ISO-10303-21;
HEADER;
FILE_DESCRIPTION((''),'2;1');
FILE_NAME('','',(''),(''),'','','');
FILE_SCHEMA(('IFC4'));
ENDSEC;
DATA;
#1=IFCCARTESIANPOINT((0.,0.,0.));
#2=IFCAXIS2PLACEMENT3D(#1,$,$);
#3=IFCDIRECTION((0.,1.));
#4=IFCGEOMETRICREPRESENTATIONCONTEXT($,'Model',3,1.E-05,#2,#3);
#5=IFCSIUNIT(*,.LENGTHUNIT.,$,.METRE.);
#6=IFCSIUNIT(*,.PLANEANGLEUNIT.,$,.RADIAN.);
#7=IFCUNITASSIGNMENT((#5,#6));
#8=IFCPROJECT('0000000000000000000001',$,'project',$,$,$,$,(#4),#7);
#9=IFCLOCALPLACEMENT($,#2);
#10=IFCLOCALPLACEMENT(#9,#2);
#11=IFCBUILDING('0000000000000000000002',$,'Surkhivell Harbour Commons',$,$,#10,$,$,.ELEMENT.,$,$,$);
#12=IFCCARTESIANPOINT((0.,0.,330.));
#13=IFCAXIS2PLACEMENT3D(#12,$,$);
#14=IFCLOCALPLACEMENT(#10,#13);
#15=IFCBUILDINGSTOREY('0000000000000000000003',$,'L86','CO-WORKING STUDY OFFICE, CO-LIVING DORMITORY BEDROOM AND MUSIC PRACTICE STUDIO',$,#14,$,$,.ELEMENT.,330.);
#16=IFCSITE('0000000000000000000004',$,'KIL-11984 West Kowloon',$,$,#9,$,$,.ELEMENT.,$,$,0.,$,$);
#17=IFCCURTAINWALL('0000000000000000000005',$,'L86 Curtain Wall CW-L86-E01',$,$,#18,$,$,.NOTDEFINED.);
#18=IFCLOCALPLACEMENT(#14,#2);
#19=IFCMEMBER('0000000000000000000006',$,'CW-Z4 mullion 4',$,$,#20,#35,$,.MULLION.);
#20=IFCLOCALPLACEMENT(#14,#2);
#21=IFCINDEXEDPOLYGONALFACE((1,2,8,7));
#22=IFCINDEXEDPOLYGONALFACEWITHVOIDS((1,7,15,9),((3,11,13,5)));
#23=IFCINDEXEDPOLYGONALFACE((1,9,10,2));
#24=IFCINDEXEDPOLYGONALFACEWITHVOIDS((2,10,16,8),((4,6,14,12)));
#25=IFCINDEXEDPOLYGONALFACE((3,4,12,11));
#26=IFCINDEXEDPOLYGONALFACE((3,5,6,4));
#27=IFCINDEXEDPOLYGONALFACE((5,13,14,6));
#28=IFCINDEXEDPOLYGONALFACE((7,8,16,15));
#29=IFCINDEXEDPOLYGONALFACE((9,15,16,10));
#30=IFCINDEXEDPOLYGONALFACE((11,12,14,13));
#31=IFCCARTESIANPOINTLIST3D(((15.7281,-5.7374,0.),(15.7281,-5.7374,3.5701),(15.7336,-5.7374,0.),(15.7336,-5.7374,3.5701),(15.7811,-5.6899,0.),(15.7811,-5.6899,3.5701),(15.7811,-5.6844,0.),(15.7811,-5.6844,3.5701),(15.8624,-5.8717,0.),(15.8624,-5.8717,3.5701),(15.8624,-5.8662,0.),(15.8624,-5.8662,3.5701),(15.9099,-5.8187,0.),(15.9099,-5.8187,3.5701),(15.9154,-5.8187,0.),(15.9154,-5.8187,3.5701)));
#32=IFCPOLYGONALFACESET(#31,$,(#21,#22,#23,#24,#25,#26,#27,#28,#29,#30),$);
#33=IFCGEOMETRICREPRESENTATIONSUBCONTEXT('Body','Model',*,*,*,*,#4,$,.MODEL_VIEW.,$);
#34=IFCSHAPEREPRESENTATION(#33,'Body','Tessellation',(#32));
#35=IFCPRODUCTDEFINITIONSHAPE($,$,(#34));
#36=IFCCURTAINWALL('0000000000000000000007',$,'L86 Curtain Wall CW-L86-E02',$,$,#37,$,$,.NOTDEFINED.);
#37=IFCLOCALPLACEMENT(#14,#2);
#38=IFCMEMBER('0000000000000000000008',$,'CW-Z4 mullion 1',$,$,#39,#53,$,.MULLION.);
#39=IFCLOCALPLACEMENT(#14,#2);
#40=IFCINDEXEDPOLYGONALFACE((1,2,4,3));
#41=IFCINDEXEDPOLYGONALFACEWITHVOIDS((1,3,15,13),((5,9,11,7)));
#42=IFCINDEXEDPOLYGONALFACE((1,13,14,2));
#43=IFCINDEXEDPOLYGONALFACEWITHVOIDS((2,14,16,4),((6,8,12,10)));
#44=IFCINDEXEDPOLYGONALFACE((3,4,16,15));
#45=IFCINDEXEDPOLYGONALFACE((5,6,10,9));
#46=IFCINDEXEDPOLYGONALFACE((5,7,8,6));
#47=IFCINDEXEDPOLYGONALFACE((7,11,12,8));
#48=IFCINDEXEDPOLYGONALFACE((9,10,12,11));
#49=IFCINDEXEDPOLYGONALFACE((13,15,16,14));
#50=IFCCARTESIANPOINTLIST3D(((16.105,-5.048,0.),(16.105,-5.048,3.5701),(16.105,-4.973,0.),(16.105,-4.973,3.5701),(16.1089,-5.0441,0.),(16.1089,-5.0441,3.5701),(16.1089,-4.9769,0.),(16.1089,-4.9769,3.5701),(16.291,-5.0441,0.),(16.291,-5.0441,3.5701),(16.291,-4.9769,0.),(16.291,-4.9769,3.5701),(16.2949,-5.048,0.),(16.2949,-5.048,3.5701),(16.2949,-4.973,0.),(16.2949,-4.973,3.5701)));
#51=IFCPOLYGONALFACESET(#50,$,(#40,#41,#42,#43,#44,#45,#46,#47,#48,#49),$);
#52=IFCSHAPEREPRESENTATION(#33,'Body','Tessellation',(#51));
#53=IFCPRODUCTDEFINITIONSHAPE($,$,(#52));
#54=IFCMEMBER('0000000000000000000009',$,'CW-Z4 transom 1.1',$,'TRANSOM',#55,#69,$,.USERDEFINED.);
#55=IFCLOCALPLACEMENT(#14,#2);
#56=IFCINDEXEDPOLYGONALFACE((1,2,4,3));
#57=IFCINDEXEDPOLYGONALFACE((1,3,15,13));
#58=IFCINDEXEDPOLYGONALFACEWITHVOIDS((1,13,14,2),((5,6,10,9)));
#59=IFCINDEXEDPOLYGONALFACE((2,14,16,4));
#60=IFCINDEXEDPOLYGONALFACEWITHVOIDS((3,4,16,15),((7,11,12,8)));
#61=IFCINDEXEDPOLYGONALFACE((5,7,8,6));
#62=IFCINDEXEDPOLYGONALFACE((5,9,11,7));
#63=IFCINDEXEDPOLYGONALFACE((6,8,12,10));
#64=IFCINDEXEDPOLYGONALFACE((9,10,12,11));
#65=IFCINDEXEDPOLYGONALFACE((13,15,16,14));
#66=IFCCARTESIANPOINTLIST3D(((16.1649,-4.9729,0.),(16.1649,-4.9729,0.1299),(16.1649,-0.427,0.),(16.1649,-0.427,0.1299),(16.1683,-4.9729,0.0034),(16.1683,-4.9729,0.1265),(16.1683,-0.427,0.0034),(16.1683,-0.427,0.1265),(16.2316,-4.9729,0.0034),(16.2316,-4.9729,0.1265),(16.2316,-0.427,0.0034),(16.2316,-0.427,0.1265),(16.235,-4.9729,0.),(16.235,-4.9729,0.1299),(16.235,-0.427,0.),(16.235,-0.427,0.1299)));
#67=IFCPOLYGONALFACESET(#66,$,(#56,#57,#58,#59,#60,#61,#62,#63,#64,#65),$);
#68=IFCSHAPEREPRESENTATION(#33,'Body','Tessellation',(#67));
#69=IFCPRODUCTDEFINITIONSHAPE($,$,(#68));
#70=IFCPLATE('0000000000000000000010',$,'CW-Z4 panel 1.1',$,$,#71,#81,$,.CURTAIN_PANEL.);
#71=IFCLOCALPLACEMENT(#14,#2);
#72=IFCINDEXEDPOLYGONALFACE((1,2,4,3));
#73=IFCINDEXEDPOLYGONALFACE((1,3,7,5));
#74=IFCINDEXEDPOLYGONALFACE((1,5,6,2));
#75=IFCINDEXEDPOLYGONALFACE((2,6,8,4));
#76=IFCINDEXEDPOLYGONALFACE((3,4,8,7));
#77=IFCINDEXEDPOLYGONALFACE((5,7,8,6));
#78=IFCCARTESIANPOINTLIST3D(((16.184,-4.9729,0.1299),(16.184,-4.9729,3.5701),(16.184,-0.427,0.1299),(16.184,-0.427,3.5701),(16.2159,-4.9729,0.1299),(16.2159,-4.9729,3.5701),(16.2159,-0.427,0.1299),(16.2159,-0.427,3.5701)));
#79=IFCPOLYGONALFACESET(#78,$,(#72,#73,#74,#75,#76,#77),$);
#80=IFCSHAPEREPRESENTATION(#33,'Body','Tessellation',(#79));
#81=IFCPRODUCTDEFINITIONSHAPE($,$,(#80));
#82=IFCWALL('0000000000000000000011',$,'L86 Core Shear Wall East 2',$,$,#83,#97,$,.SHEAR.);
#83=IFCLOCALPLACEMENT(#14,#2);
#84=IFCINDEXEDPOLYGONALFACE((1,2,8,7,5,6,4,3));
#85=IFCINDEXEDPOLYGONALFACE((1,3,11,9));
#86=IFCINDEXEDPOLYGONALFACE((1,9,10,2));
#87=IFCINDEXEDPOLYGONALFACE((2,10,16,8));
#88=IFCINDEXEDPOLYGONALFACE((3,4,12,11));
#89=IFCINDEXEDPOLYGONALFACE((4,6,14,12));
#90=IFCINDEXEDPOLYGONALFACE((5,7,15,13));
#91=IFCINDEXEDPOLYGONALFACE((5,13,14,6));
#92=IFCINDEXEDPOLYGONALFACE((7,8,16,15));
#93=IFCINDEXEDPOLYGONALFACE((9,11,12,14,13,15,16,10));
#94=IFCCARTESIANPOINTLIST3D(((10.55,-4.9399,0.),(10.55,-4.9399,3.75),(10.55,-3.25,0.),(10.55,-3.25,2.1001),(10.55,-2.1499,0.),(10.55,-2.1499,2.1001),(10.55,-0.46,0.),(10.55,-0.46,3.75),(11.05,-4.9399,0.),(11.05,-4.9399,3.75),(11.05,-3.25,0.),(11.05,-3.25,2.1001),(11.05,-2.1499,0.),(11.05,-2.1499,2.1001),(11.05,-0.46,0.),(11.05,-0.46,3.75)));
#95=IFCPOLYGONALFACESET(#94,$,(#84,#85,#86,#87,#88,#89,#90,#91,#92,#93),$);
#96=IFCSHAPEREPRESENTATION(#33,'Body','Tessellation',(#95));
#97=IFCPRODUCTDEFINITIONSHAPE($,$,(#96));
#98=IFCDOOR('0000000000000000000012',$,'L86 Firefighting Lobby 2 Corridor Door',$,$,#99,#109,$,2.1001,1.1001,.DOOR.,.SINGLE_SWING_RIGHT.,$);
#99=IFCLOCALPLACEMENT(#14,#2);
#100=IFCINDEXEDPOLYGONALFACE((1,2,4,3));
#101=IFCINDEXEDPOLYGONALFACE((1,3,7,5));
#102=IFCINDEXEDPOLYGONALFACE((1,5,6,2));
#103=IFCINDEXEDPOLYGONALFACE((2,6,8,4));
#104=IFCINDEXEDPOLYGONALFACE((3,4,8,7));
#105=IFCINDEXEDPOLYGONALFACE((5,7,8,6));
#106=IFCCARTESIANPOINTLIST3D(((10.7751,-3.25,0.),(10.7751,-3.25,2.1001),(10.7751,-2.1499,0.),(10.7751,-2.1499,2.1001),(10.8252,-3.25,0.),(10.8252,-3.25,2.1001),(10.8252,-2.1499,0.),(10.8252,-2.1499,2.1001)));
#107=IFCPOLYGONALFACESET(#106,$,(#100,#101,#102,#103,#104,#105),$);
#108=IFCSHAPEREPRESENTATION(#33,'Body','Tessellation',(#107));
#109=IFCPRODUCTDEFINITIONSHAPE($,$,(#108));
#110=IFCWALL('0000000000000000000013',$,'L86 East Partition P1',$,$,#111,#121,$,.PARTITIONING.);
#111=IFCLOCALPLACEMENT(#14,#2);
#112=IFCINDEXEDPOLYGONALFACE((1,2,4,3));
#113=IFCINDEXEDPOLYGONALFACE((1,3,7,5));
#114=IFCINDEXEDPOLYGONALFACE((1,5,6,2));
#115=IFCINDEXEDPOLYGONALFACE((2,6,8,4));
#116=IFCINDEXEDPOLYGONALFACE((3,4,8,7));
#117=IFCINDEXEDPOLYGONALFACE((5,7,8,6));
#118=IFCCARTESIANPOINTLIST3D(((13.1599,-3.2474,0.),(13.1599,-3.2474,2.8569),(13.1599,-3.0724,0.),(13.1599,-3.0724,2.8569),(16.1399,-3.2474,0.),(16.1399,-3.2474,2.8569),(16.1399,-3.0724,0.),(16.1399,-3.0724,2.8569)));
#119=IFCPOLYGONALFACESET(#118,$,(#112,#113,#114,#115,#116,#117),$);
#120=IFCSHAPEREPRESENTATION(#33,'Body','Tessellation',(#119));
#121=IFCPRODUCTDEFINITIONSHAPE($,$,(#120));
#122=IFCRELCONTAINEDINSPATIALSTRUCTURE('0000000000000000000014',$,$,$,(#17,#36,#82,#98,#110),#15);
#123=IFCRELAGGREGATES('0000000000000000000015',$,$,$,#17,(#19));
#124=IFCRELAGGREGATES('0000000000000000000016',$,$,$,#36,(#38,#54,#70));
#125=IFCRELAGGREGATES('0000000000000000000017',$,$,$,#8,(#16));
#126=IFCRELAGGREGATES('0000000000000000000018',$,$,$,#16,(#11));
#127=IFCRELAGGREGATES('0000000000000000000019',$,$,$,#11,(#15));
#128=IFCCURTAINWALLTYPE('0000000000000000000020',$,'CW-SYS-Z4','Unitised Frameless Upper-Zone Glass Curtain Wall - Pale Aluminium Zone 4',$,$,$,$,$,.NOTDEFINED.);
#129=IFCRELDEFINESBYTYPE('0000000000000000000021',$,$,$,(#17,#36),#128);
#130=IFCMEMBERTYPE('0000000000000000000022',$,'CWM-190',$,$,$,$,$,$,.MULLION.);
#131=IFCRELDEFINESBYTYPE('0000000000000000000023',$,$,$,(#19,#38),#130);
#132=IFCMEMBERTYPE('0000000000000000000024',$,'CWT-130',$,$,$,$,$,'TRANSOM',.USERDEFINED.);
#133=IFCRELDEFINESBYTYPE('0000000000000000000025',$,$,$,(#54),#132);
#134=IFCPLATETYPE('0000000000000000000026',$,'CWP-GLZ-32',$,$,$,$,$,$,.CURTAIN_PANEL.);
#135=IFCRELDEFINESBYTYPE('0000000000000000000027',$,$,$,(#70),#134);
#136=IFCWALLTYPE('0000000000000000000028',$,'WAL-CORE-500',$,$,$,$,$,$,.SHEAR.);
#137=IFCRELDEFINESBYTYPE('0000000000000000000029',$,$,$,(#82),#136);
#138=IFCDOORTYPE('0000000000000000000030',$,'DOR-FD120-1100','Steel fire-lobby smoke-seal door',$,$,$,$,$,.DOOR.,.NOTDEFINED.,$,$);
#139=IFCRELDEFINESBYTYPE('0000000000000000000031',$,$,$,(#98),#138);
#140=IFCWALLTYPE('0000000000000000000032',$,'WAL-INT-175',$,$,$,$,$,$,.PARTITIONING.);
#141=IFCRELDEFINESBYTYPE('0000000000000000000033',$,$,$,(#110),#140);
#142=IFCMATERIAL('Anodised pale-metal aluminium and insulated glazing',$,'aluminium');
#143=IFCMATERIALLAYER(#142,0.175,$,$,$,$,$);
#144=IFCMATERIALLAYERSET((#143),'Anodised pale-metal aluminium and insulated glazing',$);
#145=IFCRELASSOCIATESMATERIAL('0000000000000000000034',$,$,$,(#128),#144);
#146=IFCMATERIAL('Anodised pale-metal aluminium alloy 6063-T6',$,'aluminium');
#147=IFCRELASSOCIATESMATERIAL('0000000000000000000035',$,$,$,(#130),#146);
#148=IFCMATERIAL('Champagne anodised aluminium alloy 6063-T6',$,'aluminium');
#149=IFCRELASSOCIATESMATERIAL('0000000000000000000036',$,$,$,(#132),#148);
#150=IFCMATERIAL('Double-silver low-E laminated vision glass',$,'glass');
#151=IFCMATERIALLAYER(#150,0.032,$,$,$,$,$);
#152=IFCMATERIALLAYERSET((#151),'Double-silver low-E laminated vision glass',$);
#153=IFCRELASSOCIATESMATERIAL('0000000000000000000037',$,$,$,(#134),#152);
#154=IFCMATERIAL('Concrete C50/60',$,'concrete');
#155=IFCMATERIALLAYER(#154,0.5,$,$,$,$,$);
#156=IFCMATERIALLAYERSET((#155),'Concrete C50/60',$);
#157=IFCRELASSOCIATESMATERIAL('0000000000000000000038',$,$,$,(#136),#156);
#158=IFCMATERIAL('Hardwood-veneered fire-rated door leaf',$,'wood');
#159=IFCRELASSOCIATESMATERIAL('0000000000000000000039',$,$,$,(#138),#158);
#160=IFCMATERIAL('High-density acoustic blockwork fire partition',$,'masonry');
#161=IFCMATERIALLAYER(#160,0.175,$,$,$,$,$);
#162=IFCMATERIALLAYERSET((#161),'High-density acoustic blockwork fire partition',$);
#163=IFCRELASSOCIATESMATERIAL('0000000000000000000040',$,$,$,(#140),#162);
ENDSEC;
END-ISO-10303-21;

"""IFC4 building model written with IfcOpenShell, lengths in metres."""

from ifc_helpers import new_model, si_unit, direction, frame, frame_2d, origin, origin_2d, place, context, subcontext, project, spatial, rectangle, hollow_rectangle, extrude, material, layer, layer_set, material_profile, profile_set, type_object, element, fill, aggregate, save


model = new_model("IFC4")

# Units and contexts
model_context = context("Model", 3, precision=1e-05, world=origin(), true_north=direction((0.0, 1.0)))
body_context = subcontext(model_context, "Body", "Model", "MODEL_VIEW")
ifc_project = project(units=[si_unit("LENGTHUNIT", "METRE"), si_unit("PLANEANGLEUNIT", "RADIAN")], contexts=[model_context])

# Site, building, storey
site_placement = place(None, origin())
site = spatial("IfcSite", under=ifc_project, at=site_placement, Name="KIL-11984 West Kowloon", CompositionType="ELEMENT", RefElevation=0.0)
building_placement = place(site_placement, origin())
building = spatial("IfcBuilding", under=site, at=building_placement, Name="Surkhivell Harbour Commons", CompositionType="ELEMENT")
storey_placement = place(building_placement, frame((0.0, 0.0, 330.0)))
storey = spatial("IfcBuildingStorey", under=building, at=storey_placement, Name="L86", Description="CO-WORKING STUDY OFFICE, CO-LIVING DORMITORY BEDROOM AND MUSIC PRACTICE STUDIO", CompositionType="ELEMENT", Elevation=330.0)

# Shared definitions
ifc_material_1 = material(Name="Concrete C50/60", Category="concrete")

# Curtain wall, member
ifc_material_2 = material(Name="Anodised pale-metal aluminium and insulated glazing", Category="aluminium")
ifc_layer_1 = layer(ifc_material_2, 0.175)
ifc_layer_set_1 = layer_set([ifc_layer_1], Name="Anodised pale-metal aluminium and insulated glazing")
curtain_wall_type = type_object("IfcCurtainWallType", Name="CW-SYS-Z4", Description="Unitised Frameless Upper-Zone Glass Curtain Wall - Pale Aluminium Zone 4", PredefinedType="NOTDEFINED", material=ifc_layer_set_1)
curtain_wall_1_placement = place(storey_placement, origin())
curtain_wall_1 = element("IfcCurtainWall", 1, at=curtain_wall_1_placement, inside=storey, type_object=curtain_wall_type, Name="L86 Curtain Wall CW-L86-E01", PredefinedType="NOTDEFINED")
ifc_material_3 = material(Name="Anodised pale-metal aluminium alloy 6063-T6", Category="aluminium")
ifc_material_profile_1 = material_profile(ifc_material_3, hollow_rectangle(XDim=0.075, YDim=0.1899, WallThickness=0.0039, at=origin_2d()), Name="ALU-MULL-75x190")
ifc_profile_set_1 = profile_set([ifc_material_profile_1], Name="Anodised pale-metal aluminium alloy 6063-T6")
member_type_1 = type_object("IfcMemberType", Name="CWM-190", PredefinedType="MULLION", material=ifc_profile_set_1)
member_1_placement = place(storey_placement, frame((15.8218, -5.7781, 0.0), z_axis=(0.0, 0.0, 1.0), x_axis=(0.707107, 0.707107, 0.0)))
member_1 = element("IfcMember", 2, at=member_1_placement, type_object=member_type_1, Name="CW-Z4 mullion 4", PredefinedType="MULLION", context=body_context, shape_type="SweptSolid", body=[
    extrude(hollow_rectangle(XDim=0.075, YDim=0.1899, WallThickness=0.0039, at=origin_2d()), origin(), (0.0, 0.0, 1.0), 3.5701),
])
aggregate(curtain_wall_1, [member_1])

# Curtain wall, members, plate
curtain_wall_2_placement = place(storey_placement, origin())
curtain_wall_2 = element("IfcCurtainWall", 3, at=curtain_wall_2_placement, inside=storey, type_object=curtain_wall_type, Name="L86 Curtain Wall CW-L86-E02", PredefinedType="NOTDEFINED")
member_2_placement = place(storey_placement, frame((16.2, -5.0105, 0.0), z_axis=(0.0, 0.0, 1.0), x_axis=(0.0, 1.0, 0.0)))
member_2 = element("IfcMember", 4, at=member_2_placement, type_object=member_type_1, Name="CW-Z4 mullion 1", PredefinedType="MULLION", context=body_context, shape_type="SweptSolid", body=[
    extrude(hollow_rectangle(XDim=0.075, YDim=0.1899, WallThickness=0.0039, at=origin_2d()), origin(), (0.0, 0.0, 1.0), 3.5701),
])
ifc_material_4 = material(Name="Champagne anodised aluminium alloy 6063-T6", Category="aluminium")
ifc_material_profile_2 = material_profile(ifc_material_4, hollow_rectangle(XDim=0.0701, YDim=0.1299, WallThickness=0.0034, at=origin_2d()), Name="ALU-TRAN-70x130")
ifc_profile_set_2 = profile_set([ifc_material_profile_2], Name="Champagne anodised aluminium alloy 6063-T6")
member_type_2 = type_object("IfcMemberType", Name="CWT-130", ElementType="TRANSOM", PredefinedType="USERDEFINED", material=ifc_profile_set_2)
member_3_placement = place(storey_placement, frame((16.2, -4.9729, 0.0649), z_axis=(0.0, 1.0, 0.0), x_axis=(-1.0, 0.0, 0.0)))
member_3 = element("IfcMember", 5, at=member_3_placement, type_object=member_type_2, Name="CW-Z4 transom 1.1", ObjectType="TRANSOM", PredefinedType="USERDEFINED", context=body_context, shape_type="SweptSolid", body=[
    extrude(hollow_rectangle(XDim=0.0701, YDim=0.1299, WallThickness=0.0034, at=origin_2d()), origin(), (0.0, 0.0, 1.0), 4.5459),
])
ifc_material_5 = material(Name="Double-silver low-E laminated vision glass", Category="glass")
ifc_layer_2 = layer(ifc_material_5, 0.032)
ifc_layer_set_2 = layer_set([ifc_layer_2], Name="Double-silver low-E laminated vision glass")
plate_type = type_object("IfcPlateType", Name="CWP-GLZ-32", PredefinedType="CURTAIN_PANEL", material=ifc_layer_set_2)
plate_placement = place(storey_placement, frame((16.2, -4.9729, 0.1299), z_axis=(0.0, 0.0, 1.0), x_axis=(0.0, 1.0, 0.0)))
plate = element("IfcPlate", 6, at=plate_placement, type_object=plate_type, Name="CW-Z4 panel 1.1", PredefinedType="CURTAIN_PANEL", context=body_context, shape_type="SweptSolid", body=[
    extrude(rectangle(XDim=4.5459, YDim=0.032, at=frame_2d((2.2729, 0.0))), origin(), (0.0, 0.0, 1.0), 3.4402),
])
aggregate(curtain_wall_2, [member_2, member_3, plate])

# Wall, opening, door
ifc_layer_3 = layer(ifc_material_1, 0.5)
ifc_layer_set_3 = layer_set([ifc_layer_3], Name="Concrete C50/60")
wall_type_1 = type_object("IfcWallType", Name="WAL-CORE-500", PredefinedType="SHEAR", material=ifc_layer_set_3)
wall_1_placement = place(storey_placement, frame((10.8, -4.9399, 0.0), z_axis=(0.0, 0.0, 1.0), x_axis=(0.0, 1.0, 0.0)))
wall_1 = element("IfcWall", 7, at=wall_1_placement, inside=storey, type_object=wall_type_1, Name="L86 Core Shear Wall East 2", PredefinedType="SHEAR", context=body_context, shape_type="SweptSolid", body=[
    extrude(rectangle(XDim=4.48, YDim=0.5, at=frame_2d((2.24, 0.0))), origin(), (0.0, 0.0, 1.0), 3.75),
])
opening_1_placement = place(wall_1_placement, frame((1.6899, 0.0, 0.0)))
opening_1 = element("IfcOpeningElement", 8, at=opening_1_placement, cuts=wall_1, PredefinedType="OPENING", context=body_context, shape_type="SweptSolid", body=[
    extrude(rectangle(XDim=1.1001, YDim=2.1001, at=frame_2d((0.55, 1.05))), frame((0.0, 0.26, 0.0), z_axis=(0.0, -1.0, 0.0), x_axis=(1.0, 0.0, 0.0)), (0.0, 0.0, 1.0), 0.52),
])
ifc_material_6 = material(Name="Hardwood-veneered fire-rated door leaf", Category="wood")
door_type_1 = type_object("IfcDoorType", Name="DOR-FD120-1100", Description="Steel fire-lobby smoke-seal door", OperationType="NOTDEFINED", PredefinedType="DOOR", material=ifc_material_6)
door_1_placement = place(opening_1_placement, origin())
door_1 = element("IfcDoor", 9, at=door_1_placement, inside=storey, type_object=door_type_1, Name="L86 Firefighting Lobby 2 Corridor Door", OperationType="SINGLE_SWING_RIGHT", OverallHeight=2.1001, OverallWidth=1.1001, PredefinedType="DOOR", context=body_context, shape_type="SweptSolid", body=[
    extrude(rectangle(XDim=1.1001, YDim=2.1001, at=frame_2d((0.55, 1.05))), frame((0.0, 0.0249, 0.0), z_axis=(0.0, -1.0, 0.0), x_axis=(1.0, 0.0, 0.0)), (0.0, 0.0, 1.0), 0.05),
])
fill(opening_1, door_1)

# Wall
ifc_material_7 = material(Name="High-density acoustic blockwork fire partition", Category="masonry")
ifc_layer_4 = layer(ifc_material_7, 0.175)
ifc_layer_set_4 = layer_set([ifc_layer_4], Name="High-density acoustic blockwork fire partition")
wall_type_2 = type_object("IfcWallType", Name="WAL-INT-175", PredefinedType="PARTITIONING", material=ifc_layer_set_4)
wall_2_placement = place(storey_placement, frame((13.1599, -3.1599, 0.0), z_axis=(0.0, 0.0, 1.0), x_axis=(1.0, 0.0, 0.0)))
element("IfcWall", 10, at=wall_2_placement, inside=storey, type_object=wall_type_2, Name="L86 East Partition P1", PredefinedType="PARTITIONING", context=body_context, shape_type="SweptSolid", body=[
    extrude(rectangle(XDim=2.98, YDim=0.175, at=frame_2d((1.49, 0.0))), origin(), (0.0, 0.0, 1.0), 2.8569),
])

save(model, "model.ifc")
